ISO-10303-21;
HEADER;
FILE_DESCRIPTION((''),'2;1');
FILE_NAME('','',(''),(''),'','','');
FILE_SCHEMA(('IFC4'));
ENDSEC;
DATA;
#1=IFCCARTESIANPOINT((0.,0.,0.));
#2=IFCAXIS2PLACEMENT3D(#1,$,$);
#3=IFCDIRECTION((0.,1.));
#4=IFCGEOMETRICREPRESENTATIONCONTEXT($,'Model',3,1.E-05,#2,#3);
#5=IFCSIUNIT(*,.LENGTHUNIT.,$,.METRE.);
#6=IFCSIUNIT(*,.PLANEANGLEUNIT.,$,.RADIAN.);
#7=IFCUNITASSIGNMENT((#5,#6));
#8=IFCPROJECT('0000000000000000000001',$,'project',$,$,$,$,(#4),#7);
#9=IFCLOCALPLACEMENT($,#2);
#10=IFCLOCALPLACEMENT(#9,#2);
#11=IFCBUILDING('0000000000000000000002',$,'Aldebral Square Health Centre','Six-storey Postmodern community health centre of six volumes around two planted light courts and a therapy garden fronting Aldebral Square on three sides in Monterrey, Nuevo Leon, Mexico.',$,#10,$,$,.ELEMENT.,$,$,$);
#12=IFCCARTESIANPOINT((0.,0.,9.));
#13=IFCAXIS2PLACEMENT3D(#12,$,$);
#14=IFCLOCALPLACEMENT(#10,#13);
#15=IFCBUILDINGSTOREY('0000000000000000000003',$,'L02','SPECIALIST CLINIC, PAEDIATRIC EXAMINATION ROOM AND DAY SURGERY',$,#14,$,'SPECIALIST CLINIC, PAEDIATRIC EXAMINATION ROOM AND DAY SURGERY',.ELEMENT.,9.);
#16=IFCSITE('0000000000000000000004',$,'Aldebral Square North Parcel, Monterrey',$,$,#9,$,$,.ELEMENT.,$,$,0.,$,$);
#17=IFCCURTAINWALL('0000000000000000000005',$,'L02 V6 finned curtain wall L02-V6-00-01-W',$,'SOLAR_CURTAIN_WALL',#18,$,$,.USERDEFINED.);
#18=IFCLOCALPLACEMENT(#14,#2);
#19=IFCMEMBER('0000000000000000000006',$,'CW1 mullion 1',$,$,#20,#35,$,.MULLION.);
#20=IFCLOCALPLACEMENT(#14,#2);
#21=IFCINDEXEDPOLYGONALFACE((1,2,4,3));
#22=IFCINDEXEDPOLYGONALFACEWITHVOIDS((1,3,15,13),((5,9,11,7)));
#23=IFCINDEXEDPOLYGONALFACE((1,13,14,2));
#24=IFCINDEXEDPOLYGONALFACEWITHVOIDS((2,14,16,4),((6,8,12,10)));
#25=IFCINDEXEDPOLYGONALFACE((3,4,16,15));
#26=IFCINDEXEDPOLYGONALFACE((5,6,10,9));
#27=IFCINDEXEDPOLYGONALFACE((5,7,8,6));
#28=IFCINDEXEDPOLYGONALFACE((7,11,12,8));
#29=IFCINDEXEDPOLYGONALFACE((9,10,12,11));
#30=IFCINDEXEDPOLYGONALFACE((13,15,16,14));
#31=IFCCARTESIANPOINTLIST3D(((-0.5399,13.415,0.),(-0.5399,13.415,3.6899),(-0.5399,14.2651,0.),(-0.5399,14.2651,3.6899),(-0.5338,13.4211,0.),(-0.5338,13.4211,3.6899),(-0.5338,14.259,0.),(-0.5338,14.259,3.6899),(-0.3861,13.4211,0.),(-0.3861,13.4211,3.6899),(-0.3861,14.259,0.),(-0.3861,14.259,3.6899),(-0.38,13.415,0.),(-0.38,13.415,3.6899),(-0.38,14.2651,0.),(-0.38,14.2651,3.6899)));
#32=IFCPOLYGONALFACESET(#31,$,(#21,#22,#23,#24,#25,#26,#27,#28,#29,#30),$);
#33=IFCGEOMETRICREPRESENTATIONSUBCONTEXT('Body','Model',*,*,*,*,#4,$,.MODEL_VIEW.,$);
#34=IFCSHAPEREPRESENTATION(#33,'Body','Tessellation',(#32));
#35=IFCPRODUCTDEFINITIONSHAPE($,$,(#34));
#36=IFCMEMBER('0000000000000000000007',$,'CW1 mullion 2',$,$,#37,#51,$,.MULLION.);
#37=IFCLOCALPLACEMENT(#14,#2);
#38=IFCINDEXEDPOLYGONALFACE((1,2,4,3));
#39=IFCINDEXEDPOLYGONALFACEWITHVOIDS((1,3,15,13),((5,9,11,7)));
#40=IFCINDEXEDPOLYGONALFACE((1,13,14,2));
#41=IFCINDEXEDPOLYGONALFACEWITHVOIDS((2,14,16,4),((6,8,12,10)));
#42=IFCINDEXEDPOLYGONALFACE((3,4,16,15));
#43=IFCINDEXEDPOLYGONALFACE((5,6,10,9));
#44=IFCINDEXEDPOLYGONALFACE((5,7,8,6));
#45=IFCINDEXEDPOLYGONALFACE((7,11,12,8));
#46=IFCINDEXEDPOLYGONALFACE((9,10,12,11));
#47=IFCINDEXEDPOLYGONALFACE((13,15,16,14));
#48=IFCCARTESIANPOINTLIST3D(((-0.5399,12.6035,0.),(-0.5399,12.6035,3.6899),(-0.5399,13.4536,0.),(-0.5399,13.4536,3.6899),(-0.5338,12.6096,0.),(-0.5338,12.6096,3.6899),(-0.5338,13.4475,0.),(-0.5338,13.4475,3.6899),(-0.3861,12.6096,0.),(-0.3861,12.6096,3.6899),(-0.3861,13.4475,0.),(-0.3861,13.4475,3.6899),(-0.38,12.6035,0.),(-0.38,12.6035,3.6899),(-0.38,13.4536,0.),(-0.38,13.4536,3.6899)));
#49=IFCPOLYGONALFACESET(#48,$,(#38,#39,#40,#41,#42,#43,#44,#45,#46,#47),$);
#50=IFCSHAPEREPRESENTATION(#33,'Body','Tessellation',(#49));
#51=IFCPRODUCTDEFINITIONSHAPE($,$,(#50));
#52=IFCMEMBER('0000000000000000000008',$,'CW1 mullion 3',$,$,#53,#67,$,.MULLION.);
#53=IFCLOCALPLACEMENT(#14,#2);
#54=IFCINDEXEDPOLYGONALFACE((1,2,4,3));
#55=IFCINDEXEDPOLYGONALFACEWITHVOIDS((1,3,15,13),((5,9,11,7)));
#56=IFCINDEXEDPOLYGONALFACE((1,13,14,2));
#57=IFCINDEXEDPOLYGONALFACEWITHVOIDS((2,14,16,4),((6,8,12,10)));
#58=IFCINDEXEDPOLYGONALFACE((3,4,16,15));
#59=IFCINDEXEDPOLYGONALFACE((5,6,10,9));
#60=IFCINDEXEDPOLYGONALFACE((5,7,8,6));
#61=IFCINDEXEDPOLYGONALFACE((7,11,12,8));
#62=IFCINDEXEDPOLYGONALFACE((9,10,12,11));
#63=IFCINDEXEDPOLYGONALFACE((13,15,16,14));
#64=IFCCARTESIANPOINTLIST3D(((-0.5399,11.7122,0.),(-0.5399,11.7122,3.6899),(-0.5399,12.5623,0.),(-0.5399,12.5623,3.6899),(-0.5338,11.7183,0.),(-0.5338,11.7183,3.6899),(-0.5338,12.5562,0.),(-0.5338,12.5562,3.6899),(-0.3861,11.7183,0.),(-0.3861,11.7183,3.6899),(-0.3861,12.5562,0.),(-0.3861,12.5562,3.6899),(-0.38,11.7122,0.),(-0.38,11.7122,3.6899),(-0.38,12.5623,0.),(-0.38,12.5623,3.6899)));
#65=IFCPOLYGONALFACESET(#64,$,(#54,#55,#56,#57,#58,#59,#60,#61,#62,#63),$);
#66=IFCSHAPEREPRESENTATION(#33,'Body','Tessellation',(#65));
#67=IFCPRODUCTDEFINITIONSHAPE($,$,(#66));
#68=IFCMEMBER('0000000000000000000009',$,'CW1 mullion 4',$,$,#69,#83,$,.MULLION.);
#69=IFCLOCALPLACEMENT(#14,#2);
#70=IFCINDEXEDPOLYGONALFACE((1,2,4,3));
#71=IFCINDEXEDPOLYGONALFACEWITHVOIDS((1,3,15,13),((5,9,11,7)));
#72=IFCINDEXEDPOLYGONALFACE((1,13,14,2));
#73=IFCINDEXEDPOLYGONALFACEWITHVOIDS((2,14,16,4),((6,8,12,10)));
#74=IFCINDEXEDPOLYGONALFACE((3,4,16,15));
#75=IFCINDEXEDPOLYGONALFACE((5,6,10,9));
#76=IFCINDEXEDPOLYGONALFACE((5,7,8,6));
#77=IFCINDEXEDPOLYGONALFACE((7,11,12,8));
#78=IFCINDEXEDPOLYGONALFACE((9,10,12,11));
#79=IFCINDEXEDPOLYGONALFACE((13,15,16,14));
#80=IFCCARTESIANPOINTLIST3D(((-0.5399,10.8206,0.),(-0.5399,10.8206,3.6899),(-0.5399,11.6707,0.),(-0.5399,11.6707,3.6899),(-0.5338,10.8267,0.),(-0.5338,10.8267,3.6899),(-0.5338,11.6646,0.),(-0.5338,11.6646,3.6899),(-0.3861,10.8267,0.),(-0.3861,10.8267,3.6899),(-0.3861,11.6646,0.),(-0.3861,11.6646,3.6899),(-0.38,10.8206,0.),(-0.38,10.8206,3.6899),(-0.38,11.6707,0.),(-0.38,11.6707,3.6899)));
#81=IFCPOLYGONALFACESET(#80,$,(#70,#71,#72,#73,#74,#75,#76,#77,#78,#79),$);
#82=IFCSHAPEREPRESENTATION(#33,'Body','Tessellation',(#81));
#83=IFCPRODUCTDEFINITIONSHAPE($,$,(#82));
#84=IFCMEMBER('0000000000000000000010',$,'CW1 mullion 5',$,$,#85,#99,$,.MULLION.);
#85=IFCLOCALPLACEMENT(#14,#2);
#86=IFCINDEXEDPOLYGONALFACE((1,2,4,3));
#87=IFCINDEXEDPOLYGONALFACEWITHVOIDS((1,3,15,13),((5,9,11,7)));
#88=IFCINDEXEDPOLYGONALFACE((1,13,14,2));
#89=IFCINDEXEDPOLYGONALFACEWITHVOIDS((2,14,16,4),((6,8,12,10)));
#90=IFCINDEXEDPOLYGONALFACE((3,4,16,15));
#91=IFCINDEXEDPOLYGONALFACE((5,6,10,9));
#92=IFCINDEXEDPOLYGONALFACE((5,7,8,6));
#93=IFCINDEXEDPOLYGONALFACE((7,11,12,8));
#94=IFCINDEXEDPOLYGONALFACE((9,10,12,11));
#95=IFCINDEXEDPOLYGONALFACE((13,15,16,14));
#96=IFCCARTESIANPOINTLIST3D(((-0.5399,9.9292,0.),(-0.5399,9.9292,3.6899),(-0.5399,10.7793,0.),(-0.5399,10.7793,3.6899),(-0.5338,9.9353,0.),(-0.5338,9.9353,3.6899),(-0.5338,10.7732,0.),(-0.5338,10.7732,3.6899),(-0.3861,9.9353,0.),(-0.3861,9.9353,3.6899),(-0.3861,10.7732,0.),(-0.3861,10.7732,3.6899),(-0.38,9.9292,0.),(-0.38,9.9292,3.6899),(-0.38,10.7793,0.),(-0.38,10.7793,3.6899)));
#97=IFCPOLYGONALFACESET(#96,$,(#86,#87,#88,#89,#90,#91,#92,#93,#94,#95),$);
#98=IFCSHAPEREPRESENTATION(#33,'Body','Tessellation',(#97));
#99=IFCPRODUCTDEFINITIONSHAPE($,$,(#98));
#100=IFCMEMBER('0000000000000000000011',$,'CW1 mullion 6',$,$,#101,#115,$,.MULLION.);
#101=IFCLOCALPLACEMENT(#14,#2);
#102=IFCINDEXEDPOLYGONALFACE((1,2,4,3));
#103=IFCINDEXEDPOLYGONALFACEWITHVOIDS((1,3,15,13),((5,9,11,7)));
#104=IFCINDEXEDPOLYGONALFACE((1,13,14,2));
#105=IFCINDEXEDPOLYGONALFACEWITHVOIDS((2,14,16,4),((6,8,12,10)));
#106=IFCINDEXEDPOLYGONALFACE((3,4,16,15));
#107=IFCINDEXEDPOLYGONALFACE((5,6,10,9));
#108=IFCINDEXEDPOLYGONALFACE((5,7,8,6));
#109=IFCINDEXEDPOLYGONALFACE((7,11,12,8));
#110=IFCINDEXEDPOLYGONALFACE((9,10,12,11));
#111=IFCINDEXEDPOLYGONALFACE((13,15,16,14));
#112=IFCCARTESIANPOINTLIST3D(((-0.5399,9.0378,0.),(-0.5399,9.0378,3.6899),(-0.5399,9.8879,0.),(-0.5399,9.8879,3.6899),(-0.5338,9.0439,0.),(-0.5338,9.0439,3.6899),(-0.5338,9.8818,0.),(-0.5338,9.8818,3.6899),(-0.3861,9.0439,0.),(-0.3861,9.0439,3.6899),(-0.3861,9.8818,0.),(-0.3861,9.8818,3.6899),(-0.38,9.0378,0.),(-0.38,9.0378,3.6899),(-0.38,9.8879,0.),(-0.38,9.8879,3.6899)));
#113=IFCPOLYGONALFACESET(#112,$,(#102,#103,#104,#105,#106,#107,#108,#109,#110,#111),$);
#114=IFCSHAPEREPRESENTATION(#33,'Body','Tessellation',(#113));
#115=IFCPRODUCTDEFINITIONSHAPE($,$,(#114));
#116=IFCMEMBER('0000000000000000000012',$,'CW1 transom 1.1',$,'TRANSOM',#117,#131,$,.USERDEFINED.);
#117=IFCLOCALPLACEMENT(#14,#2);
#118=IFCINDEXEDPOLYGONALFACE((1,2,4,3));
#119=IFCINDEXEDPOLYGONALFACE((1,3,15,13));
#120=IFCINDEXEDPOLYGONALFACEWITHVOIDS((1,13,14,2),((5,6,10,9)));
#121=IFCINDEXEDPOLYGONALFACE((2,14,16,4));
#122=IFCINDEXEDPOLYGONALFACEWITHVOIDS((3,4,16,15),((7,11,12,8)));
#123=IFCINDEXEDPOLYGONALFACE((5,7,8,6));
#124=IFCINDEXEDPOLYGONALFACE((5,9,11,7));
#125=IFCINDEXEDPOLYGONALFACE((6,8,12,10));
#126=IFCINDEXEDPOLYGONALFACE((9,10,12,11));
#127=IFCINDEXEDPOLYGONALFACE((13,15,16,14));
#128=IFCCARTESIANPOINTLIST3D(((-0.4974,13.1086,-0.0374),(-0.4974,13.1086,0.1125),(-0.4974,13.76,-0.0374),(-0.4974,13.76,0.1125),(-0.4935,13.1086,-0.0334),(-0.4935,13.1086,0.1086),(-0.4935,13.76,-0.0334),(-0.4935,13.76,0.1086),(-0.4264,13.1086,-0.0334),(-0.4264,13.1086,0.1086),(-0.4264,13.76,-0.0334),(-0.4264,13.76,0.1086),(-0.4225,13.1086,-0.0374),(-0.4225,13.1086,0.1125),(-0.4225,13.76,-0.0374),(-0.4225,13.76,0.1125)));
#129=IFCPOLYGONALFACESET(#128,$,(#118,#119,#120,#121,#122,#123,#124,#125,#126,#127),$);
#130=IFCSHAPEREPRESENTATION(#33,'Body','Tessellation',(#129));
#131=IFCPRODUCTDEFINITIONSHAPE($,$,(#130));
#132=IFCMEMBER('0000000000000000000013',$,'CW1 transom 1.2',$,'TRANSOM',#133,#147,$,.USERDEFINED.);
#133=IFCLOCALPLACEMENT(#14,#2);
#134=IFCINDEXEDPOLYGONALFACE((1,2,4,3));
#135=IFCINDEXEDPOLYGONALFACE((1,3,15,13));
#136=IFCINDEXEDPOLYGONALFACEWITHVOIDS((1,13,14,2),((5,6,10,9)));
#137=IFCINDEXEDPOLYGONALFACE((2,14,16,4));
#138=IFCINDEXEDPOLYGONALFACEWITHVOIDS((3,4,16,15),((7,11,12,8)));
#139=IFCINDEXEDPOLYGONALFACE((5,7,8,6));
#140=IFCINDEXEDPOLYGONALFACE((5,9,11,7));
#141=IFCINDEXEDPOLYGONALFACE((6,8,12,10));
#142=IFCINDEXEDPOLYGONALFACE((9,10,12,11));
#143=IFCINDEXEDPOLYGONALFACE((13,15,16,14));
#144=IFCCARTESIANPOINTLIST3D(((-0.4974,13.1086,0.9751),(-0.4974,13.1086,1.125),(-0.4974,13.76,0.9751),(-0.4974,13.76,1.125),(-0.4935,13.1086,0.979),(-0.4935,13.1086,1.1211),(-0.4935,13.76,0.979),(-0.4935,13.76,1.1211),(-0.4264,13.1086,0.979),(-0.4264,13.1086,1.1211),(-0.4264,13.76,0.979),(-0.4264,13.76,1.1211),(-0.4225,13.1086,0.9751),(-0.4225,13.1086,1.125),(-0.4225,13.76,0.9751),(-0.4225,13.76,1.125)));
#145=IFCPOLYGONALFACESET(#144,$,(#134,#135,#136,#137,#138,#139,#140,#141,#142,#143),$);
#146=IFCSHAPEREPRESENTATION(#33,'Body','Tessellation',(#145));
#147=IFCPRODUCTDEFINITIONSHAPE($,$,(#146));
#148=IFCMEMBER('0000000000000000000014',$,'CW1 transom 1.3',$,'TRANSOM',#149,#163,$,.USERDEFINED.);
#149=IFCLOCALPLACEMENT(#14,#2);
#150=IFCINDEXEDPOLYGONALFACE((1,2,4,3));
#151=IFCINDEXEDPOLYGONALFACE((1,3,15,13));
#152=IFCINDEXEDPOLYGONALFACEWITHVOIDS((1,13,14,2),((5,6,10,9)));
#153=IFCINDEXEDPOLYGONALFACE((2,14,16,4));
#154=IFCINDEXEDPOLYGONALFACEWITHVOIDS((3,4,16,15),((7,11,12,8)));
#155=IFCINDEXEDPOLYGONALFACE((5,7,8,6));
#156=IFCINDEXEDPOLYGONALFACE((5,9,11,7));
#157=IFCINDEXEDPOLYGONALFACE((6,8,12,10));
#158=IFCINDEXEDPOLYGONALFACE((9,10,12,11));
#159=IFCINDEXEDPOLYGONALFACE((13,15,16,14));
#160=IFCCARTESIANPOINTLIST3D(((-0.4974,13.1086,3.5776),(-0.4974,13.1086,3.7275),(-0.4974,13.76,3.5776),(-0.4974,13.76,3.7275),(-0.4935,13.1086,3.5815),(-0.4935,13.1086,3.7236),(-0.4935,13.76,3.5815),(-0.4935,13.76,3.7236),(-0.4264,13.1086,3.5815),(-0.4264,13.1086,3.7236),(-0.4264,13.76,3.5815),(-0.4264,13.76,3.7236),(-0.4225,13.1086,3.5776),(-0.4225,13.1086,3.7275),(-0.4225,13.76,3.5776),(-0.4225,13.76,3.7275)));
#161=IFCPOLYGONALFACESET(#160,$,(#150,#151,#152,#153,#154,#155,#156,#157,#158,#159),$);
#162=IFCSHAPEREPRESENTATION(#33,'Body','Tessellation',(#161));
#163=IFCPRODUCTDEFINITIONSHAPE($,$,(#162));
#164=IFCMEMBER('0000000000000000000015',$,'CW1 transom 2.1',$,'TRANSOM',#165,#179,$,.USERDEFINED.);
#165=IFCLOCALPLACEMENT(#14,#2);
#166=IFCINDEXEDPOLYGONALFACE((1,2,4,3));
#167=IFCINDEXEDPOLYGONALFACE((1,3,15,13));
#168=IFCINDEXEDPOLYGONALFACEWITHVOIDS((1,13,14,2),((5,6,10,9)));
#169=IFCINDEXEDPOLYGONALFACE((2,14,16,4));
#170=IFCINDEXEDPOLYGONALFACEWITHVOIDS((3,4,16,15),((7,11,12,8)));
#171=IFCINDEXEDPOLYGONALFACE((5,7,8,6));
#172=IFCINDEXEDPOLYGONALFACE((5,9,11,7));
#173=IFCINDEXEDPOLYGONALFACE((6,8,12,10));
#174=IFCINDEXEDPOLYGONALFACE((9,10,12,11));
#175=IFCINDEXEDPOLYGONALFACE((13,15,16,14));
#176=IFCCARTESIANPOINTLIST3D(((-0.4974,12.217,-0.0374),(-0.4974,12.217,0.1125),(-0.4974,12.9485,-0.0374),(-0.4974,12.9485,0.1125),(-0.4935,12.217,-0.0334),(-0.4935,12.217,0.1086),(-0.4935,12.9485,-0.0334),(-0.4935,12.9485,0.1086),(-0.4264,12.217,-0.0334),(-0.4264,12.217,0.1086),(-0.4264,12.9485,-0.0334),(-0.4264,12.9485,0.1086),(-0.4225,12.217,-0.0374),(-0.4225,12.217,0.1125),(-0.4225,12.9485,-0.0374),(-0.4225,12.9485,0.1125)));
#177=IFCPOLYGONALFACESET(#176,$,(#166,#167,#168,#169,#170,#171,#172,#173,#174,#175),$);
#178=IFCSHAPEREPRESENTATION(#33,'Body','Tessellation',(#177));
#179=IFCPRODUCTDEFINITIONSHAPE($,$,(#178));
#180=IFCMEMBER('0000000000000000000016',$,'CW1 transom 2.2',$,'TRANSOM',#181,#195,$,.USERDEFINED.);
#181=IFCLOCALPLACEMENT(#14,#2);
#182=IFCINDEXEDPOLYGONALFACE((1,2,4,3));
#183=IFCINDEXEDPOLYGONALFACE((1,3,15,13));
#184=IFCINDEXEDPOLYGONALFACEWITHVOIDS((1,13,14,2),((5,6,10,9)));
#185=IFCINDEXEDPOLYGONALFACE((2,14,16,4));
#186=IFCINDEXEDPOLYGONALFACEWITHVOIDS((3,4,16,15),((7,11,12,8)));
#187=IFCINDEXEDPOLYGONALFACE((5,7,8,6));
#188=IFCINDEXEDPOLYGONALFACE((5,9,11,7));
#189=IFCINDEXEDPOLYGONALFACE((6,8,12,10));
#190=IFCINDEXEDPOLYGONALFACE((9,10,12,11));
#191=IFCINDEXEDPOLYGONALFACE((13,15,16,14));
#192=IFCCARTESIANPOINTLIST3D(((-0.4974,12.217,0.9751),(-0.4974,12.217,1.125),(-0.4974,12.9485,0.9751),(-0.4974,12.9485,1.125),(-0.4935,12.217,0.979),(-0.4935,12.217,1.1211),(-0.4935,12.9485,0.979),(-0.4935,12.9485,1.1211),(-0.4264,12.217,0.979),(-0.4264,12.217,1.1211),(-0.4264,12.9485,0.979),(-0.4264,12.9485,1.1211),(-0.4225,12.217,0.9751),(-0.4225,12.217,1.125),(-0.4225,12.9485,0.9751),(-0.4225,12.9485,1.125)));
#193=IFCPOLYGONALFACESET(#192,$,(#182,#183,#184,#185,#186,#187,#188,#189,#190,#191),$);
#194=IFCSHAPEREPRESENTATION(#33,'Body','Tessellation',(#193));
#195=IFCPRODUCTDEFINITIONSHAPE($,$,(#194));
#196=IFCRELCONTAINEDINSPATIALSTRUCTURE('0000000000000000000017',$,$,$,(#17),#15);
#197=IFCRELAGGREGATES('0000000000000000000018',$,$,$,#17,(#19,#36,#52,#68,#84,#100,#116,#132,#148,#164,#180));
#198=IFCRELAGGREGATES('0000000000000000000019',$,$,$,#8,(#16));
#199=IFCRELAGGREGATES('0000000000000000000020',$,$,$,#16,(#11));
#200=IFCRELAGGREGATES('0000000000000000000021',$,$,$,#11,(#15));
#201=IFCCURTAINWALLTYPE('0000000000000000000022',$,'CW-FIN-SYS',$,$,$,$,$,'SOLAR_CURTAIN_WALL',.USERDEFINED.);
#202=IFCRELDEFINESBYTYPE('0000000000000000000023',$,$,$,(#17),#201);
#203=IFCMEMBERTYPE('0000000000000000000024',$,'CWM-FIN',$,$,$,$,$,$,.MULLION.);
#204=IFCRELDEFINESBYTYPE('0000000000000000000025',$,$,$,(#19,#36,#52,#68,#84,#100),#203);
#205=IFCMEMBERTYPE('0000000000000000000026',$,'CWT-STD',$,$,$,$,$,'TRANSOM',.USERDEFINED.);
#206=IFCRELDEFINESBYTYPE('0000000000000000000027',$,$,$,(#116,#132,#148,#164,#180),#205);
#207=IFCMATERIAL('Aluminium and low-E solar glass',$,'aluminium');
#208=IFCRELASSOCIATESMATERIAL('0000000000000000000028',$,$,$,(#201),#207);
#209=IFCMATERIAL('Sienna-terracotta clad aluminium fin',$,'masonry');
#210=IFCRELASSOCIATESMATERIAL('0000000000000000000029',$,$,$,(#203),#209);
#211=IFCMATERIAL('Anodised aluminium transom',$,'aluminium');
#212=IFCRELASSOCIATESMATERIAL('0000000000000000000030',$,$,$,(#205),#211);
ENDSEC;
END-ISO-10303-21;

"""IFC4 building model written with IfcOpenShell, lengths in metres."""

from ifc_helpers import new_model, si_unit, direction, frame, origin, origin_2d, place, context, subcontext, project, spatial, hollow_rectangle, extrude, material, material_profile, profile_set, type_object, element, aggregate, save


model = new_model("IFC4")

# Units and contexts
model_context = context("Model", 3, precision=1e-05, world=origin(), true_north=direction((0.0, 1.0)))
body_context = subcontext(model_context, "Body", "Model", "MODEL_VIEW")
ifc_project = project(units=[si_unit("LENGTHUNIT", "METRE"), si_unit("PLANEANGLEUNIT", "RADIAN")], contexts=[model_context])

# Site, building, storey
site_placement = place(None, origin())
site = spatial("IfcSite", under=ifc_project, at=site_placement, Name="Aldebral Square North Parcel, Monterrey", CompositionType="ELEMENT", RefElevation=0.0)
building_placement = place(site_placement, origin())
building = spatial("IfcBuilding", under=site, at=building_placement, Name="Aldebral Square Health Centre", Description="Six-storey Postmodern community health centre of six volumes around two planted light courts and a therapy garden fronting Aldebral Square on three sides in Monterrey, Nuevo Leon, Mexico.", CompositionType="ELEMENT")
storey_placement = place(building_placement, frame((0.0, 0.0, 9.0)))
storey = spatial("IfcBuildingStorey", under=building, at=storey_placement, Name="L02", Description="SPECIALIST CLINIC, PAEDIATRIC EXAMINATION ROOM AND DAY SURGERY", LongName="SPECIALIST CLINIC, PAEDIATRIC EXAMINATION ROOM AND DAY SURGERY", CompositionType="ELEMENT", Elevation=9.0)

# Curtain wall, members
ifc_material_1 = material(Name="Aluminium and low-E solar glass", Category="aluminium")
curtain_wall_type = type_object("IfcCurtainWallType", Name="CW-FIN-SYS", ElementType="SOLAR_CURTAIN_WALL", PredefinedType="USERDEFINED", material=ifc_material_1)
curtain_wall_placement = place(storey_placement, origin())
curtain_wall = element("IfcCurtainWall", 1, at=curtain_wall_placement, inside=storey, type_object=curtain_wall_type, Name="L02 V6 finned curtain wall L02-V6-00-01-W", ObjectType="SOLAR_CURTAIN_WALL", PredefinedType="USERDEFINED")
ifc_material_2 = material(Name="Sienna-terracotta clad aluminium fin", Category="masonry")
ifc_material_profile_1 = material_profile(ifc_material_2, hollow_rectangle(XDim=0.1599, YDim=0.8501, WallThickness=0.0061, at=origin_2d()), Name="FIN 160x850x6")
ifc_profile_set_1 = profile_set([ifc_material_profile_1], Name="Sienna-terracotta clad aluminium fin")
member_type_1 = type_object("IfcMemberType", Name="CWM-FIN", PredefinedType="MULLION", material=ifc_profile_set_1)
member_1_placement = place(storey_placement, frame((-0.46, 13.8401, 0.0), z_axis=(0.0, 0.0, 1.0), x_axis=(1.0, 0.0, 0.0)))
member_1 = element("IfcMember", 2, at=member_1_placement, type_object=member_type_1, Name="CW1 mullion 1", PredefinedType="MULLION", context=body_context, shape_type="SweptSolid", body=[
    extrude(hollow_rectangle(XDim=0.1599, YDim=0.8501, WallThickness=0.0061, at=origin_2d()), origin(), (0.0, 0.0, 1.0), 3.6899),
])
member_2_placement = place(storey_placement, frame((-0.46, 13.0286, 0.0), z_axis=(0.0, 0.0, 1.0), x_axis=(1.0, 0.0, 0.0)))
member_2 = element("IfcMember", 3, at=member_2_placement, type_object=member_type_1, Name="CW1 mullion 2", PredefinedType="MULLION", context=body_context, shape_type="SweptSolid", body=[
    extrude(hollow_rectangle(XDim=0.1599, YDim=0.8501, WallThickness=0.0061, at=origin_2d()), origin(), (0.0, 0.0, 1.0), 3.6899),
])
member_3_placement = place(storey_placement, frame((-0.46, 12.1372, 0.0), z_axis=(0.0, 0.0, 1.0), x_axis=(1.0, 0.0, 0.0)))
member_3 = element("IfcMember", 4, at=member_3_placement, type_object=member_type_1, Name="CW1 mullion 3", PredefinedType="MULLION", context=body_context, shape_type="SweptSolid", body=[
    extrude(hollow_rectangle(XDim=0.1599, YDim=0.8501, WallThickness=0.0061, at=origin_2d()), origin(), (0.0, 0.0, 1.0), 3.6899),
])
member_4_placement = place(storey_placement, frame((-0.46, 11.2456, 0.0), z_axis=(0.0, 0.0, 1.0), x_axis=(1.0, 0.0, 0.0)))
member_4 = element("IfcMember", 5, at=member_4_placement, type_object=member_type_1, Name="CW1 mullion 4", PredefinedType="MULLION", context=body_context, shape_type="SweptSolid", body=[
    extrude(hollow_rectangle(XDim=0.1599, YDim=0.8501, WallThickness=0.0061, at=origin_2d()), origin(), (0.0, 0.0, 1.0), 3.6899),
])
member_5_placement = place(storey_placement, frame((-0.46, 10.3542, 0.0), z_axis=(0.0, 0.0, 1.0), x_axis=(1.0, 0.0, 0.0)))
member_5 = element("IfcMember", 6, at=member_5_placement, type_object=member_type_1, Name="CW1 mullion 5", PredefinedType="MULLION", context=body_context, shape_type="SweptSolid", body=[
    extrude(hollow_rectangle(XDim=0.1599, YDim=0.8501, WallThickness=0.0061, at=origin_2d()), origin(), (0.0, 0.0, 1.0), 3.6899),
])
member_6_placement = place(storey_placement, frame((-0.46, 9.4629, 0.0), z_axis=(0.0, 0.0, 1.0), x_axis=(1.0, 0.0, 0.0)))
member_6 = element("IfcMember", 7, at=member_6_placement, type_object=member_type_1, Name="CW1 mullion 6", PredefinedType="MULLION", context=body_context, shape_type="SweptSolid", body=[
    extrude(hollow_rectangle(XDim=0.1599, YDim=0.8501, WallThickness=0.0061, at=origin_2d()), origin(), (0.0, 0.0, 1.0), 3.6899),
])
ifc_material_3 = material(Name="Anodised aluminium transom", Category="aluminium")
ifc_material_profile_2 = material_profile(ifc_material_3, hollow_rectangle(XDim=0.075, YDim=0.1499, WallThickness=0.0039, at=origin_2d()), Name="CWT 75x150x4")
ifc_profile_set_2 = profile_set([ifc_material_profile_2], Name="Anodised aluminium transom")
member_type_2 = type_object("IfcMemberType", Name="CWT-STD", ElementType="TRANSOM", PredefinedType="USERDEFINED", material=ifc_profile_set_2)
member_7_placement = place(storey_placement, frame((-0.46, 13.76, 0.0376), z_axis=(0.0, -1.0, 0.0), x_axis=(1.0, 0.0, 0.0)))
member_7 = element("IfcMember", 8, at=member_7_placement, type_object=member_type_2, Name="CW1 transom 1.1", ObjectType="TRANSOM", PredefinedType="USERDEFINED", context=body_context, shape_type="SweptSolid", body=[
    extrude(hollow_rectangle(XDim=0.075, YDim=0.1499, WallThickness=0.0039, at=origin_2d()), origin(), (0.0, 0.0, 1.0), 0.6514),
])
member_8_placement = place(storey_placement, frame((-0.46, 13.76, 1.05), z_axis=(0.0, -1.0, 0.0), x_axis=(1.0, 0.0, 0.0)))
member_8 = element("IfcMember", 9, at=member_8_placement, type_object=member_type_2, Name="CW1 transom 1.2", ObjectType="TRANSOM", PredefinedType="USERDEFINED", context=body_context, shape_type="SweptSolid", body=[
    extrude(hollow_rectangle(XDim=0.075, YDim=0.1499, WallThickness=0.0039, at=origin_2d()), origin(), (0.0, 0.0, 1.0), 0.6514),
])
member_9_placement = place(storey_placement, frame((-0.46, 13.76, 3.6526), z_axis=(0.0, -1.0, 0.0), x_axis=(1.0, 0.0, 0.0)))
member_9 = element("IfcMember", 10, at=member_9_placement, type_object=member_type_2, Name="CW1 transom 1.3", ObjectType="TRANSOM", PredefinedType="USERDEFINED", context=body_context, shape_type="SweptSolid", body=[
    extrude(hollow_rectangle(XDim=0.075, YDim=0.1499, WallThickness=0.0039, at=origin_2d()), origin(), (0.0, 0.0, 1.0), 0.6514),
])
member_10_placement = place(storey_placement, frame((-0.46, 12.9485, 0.0376), z_axis=(0.0, -1.0, 0.0), x_axis=(1.0, 0.0, 0.0)))
member_10 = element("IfcMember", 11, at=member_10_placement, type_object=member_type_2, Name="CW1 transom 2.1", ObjectType="TRANSOM", PredefinedType="USERDEFINED", context=body_context, shape_type="SweptSolid", body=[
    extrude(hollow_rectangle(XDim=0.075, YDim=0.1499, WallThickness=0.0039, at=origin_2d()), origin(), (0.0, 0.0, 1.0), 0.7314),
])
member_11_placement = place(storey_placement, frame((-0.46, 12.9485, 1.05), z_axis=(0.0, -1.0, 0.0), x_axis=(1.0, 0.0, 0.0)))
member_11 = element("IfcMember", 12, at=member_11_placement, type_object=member_type_2, Name="CW1 transom 2.2", ObjectType="TRANSOM", PredefinedType="USERDEFINED", context=body_context, shape_type="SweptSolid", body=[
    extrude(hollow_rectangle(XDim=0.075, YDim=0.1499, WallThickness=0.0039, at=origin_2d()), origin(), (0.0, 0.0, 1.0), 0.7314),
])
aggregate(curtain_wall, [member_1, member_2, member_3, member_4, member_5, member_6, member_7, member_8, member_9, member_10, member_11])

save(model, "model.ifc")
